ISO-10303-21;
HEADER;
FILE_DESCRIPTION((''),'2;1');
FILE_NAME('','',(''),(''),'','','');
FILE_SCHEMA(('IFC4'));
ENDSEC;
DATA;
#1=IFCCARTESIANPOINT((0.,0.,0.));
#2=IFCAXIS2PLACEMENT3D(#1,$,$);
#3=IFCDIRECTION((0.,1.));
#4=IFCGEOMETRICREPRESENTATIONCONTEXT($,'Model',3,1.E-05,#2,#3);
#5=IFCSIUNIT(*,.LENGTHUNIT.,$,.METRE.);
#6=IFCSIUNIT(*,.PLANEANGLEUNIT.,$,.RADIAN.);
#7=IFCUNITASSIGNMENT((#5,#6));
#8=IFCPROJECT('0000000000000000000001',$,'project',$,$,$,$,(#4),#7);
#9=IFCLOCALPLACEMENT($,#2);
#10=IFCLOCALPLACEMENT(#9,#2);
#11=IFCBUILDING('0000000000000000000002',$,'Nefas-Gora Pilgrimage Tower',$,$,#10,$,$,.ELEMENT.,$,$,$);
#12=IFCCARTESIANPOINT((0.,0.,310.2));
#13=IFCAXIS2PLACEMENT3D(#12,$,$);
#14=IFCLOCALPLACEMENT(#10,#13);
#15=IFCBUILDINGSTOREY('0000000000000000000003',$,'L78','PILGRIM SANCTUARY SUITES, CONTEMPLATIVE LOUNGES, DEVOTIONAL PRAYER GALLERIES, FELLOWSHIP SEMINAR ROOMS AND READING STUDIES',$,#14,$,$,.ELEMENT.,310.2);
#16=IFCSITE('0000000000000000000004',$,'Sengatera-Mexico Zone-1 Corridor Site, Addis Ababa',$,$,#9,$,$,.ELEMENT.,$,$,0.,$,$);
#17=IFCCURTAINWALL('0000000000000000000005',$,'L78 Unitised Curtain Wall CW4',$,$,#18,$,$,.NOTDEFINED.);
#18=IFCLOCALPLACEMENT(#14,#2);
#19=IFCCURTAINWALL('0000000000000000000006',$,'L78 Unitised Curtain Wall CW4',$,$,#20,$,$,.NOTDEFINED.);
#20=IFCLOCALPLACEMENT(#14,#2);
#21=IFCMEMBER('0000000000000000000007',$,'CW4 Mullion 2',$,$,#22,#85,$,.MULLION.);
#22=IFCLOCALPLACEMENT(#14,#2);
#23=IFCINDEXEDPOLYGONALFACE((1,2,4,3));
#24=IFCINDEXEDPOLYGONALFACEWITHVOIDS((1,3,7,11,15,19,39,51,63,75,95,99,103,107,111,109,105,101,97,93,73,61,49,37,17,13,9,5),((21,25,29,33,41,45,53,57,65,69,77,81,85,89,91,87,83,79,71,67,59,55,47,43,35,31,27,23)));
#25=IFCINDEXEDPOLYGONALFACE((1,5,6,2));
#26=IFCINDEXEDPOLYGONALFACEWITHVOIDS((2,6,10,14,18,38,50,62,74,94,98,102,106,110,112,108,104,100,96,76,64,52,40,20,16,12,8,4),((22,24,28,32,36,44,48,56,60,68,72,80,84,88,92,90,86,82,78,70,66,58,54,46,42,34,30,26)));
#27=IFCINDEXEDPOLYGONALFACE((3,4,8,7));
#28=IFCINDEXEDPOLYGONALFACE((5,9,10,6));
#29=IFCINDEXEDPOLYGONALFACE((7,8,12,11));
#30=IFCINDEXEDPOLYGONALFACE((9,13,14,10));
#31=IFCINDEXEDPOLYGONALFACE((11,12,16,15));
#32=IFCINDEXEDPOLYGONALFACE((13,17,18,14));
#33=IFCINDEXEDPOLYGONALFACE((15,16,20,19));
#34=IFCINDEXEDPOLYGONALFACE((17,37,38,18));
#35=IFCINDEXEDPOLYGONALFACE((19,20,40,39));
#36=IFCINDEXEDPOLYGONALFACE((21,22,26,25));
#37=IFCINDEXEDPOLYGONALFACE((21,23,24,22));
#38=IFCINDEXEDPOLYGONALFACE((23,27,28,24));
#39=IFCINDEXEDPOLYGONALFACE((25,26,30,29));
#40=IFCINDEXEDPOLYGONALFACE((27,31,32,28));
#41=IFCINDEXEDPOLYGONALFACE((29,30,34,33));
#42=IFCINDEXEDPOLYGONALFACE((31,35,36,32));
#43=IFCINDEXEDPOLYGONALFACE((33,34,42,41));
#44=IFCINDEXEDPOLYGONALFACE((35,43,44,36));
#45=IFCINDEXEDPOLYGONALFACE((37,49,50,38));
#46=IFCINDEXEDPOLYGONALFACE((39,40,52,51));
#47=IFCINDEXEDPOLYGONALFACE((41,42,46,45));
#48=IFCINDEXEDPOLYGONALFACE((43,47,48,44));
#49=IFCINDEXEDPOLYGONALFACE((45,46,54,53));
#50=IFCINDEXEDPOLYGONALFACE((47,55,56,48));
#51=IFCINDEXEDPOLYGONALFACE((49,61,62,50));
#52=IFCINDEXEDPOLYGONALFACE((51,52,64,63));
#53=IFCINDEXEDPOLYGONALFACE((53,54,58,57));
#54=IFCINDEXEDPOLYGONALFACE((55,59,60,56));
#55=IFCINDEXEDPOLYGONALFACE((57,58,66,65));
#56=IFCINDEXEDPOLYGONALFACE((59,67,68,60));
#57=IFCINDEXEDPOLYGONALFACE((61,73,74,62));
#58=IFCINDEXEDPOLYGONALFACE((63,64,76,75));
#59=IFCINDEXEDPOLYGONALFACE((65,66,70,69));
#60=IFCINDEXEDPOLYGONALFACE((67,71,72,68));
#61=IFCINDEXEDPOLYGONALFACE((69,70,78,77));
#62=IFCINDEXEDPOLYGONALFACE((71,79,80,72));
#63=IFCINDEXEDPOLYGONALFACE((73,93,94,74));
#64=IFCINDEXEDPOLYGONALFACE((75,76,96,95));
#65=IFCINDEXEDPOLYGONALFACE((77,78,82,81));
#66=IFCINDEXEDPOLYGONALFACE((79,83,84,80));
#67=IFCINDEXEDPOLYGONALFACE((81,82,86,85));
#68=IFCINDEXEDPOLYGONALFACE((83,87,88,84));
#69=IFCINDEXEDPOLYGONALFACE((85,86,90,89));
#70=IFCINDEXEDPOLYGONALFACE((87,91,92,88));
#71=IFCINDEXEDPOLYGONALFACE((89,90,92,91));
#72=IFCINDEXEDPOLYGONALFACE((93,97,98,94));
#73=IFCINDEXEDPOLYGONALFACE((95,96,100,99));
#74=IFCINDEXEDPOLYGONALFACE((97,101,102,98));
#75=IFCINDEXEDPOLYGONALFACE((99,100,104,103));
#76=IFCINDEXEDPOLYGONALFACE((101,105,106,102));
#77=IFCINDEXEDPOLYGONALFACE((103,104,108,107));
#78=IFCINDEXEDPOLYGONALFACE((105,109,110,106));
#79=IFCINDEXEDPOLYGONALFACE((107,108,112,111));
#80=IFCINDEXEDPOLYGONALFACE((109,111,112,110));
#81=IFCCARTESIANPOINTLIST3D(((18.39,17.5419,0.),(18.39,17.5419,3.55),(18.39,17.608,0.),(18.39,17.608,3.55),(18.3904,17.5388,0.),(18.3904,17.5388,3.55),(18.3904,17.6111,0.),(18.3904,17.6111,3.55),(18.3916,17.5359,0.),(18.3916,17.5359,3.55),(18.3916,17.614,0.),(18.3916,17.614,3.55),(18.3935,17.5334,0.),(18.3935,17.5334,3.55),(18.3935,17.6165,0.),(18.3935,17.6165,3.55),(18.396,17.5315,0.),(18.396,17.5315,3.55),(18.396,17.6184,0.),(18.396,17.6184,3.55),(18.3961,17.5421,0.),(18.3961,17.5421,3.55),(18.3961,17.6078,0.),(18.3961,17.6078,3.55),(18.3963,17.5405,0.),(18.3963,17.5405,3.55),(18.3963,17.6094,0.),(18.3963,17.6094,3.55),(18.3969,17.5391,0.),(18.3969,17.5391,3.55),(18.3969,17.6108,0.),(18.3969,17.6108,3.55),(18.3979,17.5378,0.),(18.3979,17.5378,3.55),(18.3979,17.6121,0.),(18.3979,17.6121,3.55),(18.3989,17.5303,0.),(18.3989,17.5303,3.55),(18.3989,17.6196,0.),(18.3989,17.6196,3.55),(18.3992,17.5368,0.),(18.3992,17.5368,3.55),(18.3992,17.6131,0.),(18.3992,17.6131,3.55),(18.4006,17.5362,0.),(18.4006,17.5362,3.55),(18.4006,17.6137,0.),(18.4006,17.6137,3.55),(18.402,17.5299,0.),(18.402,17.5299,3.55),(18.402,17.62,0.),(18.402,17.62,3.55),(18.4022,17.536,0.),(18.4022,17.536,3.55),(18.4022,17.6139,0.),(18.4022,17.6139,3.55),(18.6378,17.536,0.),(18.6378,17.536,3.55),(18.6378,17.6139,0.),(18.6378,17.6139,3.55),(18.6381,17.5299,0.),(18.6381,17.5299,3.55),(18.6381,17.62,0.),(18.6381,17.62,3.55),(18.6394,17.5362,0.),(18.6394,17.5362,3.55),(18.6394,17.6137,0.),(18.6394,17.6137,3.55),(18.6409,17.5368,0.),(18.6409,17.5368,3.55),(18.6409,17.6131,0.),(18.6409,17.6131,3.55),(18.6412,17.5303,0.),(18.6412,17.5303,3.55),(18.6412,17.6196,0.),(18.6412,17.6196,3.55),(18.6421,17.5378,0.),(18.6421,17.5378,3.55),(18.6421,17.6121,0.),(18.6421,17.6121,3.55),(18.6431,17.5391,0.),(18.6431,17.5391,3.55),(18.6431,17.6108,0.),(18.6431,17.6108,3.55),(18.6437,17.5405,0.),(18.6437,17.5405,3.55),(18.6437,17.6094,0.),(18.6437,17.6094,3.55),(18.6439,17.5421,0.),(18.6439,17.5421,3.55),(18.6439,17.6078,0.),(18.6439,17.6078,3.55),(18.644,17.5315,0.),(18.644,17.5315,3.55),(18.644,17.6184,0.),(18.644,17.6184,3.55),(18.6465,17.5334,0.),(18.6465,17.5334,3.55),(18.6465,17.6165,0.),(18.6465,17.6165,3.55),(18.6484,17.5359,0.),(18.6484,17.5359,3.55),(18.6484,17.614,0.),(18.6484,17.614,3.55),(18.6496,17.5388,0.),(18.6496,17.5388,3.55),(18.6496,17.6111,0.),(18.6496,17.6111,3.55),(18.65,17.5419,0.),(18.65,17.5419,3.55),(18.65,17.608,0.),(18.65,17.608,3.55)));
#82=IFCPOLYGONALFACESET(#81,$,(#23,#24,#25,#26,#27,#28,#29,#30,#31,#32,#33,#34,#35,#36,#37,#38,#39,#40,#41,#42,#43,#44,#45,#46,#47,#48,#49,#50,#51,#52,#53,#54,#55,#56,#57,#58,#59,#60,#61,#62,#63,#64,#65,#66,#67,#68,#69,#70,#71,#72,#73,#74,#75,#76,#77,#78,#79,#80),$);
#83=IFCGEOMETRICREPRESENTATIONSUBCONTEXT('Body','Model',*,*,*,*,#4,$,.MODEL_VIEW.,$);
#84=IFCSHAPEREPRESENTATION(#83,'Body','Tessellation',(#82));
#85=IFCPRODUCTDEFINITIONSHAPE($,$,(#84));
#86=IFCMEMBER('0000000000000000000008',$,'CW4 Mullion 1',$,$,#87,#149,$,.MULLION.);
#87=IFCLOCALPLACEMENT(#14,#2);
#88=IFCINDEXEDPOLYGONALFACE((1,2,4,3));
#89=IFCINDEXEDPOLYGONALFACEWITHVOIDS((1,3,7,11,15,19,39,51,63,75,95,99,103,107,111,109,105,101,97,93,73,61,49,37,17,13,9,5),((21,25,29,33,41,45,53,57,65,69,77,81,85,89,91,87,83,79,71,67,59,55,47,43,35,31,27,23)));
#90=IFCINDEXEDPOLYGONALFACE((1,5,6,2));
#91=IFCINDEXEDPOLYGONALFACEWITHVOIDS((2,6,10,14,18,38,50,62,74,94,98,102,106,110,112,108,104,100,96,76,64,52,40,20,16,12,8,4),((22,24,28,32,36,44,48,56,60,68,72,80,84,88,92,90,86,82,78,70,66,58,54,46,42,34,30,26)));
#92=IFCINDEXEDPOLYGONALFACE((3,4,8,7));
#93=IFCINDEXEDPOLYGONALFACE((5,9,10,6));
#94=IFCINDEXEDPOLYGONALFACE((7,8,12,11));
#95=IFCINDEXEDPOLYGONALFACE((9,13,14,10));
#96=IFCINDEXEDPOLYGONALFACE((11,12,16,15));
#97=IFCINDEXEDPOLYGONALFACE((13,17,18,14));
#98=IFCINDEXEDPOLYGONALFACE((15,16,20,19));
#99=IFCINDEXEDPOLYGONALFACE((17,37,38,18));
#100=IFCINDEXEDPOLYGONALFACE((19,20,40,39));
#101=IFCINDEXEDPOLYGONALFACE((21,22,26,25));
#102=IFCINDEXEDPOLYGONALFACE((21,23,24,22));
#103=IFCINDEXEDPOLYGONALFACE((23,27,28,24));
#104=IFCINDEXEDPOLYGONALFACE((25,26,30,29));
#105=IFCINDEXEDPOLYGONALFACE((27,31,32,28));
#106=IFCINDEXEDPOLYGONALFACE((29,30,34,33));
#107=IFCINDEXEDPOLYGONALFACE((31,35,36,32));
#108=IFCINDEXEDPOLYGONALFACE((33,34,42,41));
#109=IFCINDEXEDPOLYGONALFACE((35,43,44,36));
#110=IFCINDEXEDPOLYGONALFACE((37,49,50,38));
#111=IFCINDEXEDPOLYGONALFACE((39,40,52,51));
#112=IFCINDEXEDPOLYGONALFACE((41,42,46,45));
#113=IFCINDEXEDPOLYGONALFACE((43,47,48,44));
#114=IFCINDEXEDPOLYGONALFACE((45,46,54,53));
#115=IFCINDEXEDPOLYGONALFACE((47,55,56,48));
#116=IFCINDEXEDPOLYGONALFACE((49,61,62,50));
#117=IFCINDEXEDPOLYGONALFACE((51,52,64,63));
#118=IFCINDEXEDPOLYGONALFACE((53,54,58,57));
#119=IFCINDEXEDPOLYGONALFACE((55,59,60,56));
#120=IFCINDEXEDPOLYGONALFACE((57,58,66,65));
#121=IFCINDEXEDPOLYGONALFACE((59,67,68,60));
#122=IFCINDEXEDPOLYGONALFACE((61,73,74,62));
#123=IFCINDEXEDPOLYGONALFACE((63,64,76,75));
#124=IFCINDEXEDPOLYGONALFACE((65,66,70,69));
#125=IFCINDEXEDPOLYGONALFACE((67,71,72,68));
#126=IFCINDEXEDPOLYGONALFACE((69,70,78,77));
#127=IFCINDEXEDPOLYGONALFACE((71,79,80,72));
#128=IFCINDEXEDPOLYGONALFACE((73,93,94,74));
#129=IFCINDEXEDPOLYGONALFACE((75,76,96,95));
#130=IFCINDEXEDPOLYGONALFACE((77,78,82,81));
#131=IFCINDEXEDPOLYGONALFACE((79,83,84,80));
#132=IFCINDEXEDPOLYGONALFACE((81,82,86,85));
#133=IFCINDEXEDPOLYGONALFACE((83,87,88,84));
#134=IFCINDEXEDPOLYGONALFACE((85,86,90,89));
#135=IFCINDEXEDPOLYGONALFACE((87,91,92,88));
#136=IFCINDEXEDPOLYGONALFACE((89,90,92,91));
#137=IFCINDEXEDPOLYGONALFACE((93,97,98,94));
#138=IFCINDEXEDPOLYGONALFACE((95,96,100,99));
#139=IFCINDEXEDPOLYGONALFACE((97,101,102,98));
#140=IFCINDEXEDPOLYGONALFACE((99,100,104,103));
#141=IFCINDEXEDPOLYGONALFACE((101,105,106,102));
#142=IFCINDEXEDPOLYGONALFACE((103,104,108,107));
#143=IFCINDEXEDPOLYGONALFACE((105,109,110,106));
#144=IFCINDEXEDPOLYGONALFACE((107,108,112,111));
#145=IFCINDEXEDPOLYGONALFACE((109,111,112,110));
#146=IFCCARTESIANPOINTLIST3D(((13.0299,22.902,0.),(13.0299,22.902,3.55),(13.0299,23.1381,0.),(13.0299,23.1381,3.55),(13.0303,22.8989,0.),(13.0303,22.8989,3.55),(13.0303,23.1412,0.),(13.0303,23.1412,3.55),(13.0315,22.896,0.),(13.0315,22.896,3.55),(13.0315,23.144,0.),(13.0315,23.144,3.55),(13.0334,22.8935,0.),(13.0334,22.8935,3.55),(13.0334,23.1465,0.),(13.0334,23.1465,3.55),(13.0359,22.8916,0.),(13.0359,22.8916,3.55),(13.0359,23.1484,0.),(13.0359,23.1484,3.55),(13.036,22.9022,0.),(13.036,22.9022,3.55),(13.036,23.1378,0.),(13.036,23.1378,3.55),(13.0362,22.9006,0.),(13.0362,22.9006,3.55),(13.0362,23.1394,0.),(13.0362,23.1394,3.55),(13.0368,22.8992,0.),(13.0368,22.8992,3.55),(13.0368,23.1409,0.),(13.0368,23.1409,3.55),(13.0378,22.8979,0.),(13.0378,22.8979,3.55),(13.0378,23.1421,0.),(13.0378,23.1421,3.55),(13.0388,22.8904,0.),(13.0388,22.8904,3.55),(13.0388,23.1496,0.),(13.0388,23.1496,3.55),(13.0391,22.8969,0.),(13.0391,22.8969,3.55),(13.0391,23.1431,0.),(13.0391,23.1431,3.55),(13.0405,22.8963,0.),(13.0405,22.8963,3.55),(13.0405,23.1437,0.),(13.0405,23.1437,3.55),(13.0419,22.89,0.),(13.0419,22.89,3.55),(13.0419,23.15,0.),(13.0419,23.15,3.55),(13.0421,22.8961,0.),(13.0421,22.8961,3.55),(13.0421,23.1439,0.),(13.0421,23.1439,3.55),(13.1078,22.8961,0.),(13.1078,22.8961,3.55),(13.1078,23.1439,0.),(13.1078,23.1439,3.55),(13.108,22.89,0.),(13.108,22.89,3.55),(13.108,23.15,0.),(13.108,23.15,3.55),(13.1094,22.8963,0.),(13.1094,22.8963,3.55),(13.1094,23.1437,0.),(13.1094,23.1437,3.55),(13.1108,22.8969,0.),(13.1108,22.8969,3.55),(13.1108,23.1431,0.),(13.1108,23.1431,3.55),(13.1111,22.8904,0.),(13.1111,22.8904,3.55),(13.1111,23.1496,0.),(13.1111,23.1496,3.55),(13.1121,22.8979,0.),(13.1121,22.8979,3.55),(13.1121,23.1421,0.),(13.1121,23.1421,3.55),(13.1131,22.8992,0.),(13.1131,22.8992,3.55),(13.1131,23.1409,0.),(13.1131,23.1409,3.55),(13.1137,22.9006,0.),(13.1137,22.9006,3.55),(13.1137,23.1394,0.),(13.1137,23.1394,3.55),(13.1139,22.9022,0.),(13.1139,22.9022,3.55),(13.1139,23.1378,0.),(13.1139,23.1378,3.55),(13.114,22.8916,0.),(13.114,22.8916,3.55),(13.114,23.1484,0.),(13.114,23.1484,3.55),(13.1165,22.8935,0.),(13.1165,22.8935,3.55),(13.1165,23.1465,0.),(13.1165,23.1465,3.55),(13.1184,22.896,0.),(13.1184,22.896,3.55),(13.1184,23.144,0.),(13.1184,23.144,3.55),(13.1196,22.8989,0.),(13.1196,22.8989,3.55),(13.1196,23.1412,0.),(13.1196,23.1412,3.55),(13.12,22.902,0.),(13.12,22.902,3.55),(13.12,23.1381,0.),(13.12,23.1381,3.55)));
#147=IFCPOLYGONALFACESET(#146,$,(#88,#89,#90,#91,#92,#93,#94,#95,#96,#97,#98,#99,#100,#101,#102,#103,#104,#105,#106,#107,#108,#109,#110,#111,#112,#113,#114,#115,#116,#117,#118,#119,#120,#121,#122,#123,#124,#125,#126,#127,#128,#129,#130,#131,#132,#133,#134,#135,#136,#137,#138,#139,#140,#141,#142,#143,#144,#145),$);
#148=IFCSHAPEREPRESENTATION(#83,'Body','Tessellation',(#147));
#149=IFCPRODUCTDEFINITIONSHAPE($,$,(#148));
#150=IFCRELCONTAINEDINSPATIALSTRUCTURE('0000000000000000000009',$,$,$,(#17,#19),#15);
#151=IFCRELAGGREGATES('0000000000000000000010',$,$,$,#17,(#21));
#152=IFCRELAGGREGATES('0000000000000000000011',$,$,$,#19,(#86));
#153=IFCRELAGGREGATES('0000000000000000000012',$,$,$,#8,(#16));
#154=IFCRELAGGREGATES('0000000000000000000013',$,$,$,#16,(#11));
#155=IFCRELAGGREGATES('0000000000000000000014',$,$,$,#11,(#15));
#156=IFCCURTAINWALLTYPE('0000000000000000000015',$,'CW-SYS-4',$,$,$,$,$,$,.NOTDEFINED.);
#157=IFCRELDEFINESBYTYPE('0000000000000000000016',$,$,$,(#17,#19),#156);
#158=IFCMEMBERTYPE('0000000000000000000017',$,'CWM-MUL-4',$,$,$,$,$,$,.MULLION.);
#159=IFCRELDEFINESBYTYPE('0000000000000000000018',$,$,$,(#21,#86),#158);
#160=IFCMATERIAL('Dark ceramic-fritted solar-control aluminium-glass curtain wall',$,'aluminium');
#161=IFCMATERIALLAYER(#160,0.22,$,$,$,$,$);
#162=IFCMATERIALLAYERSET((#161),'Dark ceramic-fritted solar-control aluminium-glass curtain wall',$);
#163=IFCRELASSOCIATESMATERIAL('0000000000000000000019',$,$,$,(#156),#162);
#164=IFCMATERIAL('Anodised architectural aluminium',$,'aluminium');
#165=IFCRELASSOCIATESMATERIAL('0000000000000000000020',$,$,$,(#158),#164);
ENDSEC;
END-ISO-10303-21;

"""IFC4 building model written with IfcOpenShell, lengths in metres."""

from ifc_helpers import new_model, si_unit, direction, frame, origin, origin_2d, place, context, subcontext, project, spatial, hollow_rectangle, extrude, source, transform, mapped, material, layer, layer_set, material_profile, profile_set, type_object, element, aggregate, save


model = new_model("IFC4")

# Units and contexts
model_context = context("Model", 3, precision=1e-05, world=origin(), true_north=direction((0.0, 1.0)))
body_context = subcontext(model_context, "Body", "Model", "MODEL_VIEW")
ifc_project = project(units=[si_unit("LENGTHUNIT", "METRE"), si_unit("PLANEANGLEUNIT", "RADIAN")], contexts=[model_context])

# Site, building, storey
site_placement = place(None, origin())
site = spatial("IfcSite", under=ifc_project, at=site_placement, Name="Sengatera-Mexico Zone-1 Corridor Site, Addis Ababa", CompositionType="ELEMENT", RefElevation=0.0)
building_placement = place(site_placement, origin())
building = spatial("IfcBuilding", under=site, at=building_placement, Name="Nefas-Gora Pilgrimage Tower", CompositionType="ELEMENT")
storey_placement = place(building_placement, frame((0.0, 0.0, 310.2)))
storey = spatial("IfcBuildingStorey", under=building, at=storey_placement, Name="L78", Description="PILGRIM SANCTUARY SUITES, CONTEMPLATIVE LOUNGES, DEVOTIONAL PRAYER GALLERIES, FELLOWSHIP SEMINAR ROOMS AND READING STUDIES", CompositionType="ELEMENT", Elevation=310.2)

# Shared definitions
ifc_material_1 = material(Name="Dark ceramic-fritted solar-control aluminium-glass curtain wall", Category="aluminium")
ifc_material_2 = material(Name="Anodised architectural aluminium", Category="aluminium")

# Curtain walls
ifc_layer_1 = layer(ifc_material_1, 0.22)
ifc_layer_set_1 = layer_set([ifc_layer_1], Name="Dark ceramic-fritted solar-control aluminium-glass curtain wall")
curtain_wall_type_1 = type_object("IfcCurtainWallType", Name="CW-SYS-4", PredefinedType="NOTDEFINED", material=ifc_layer_set_1)
curtain_wall_1_placement = place(storey_placement, origin())
curtain_wall_1 = element("IfcCurtainWall", 1, at=curtain_wall_1_placement, inside=storey, type_object=curtain_wall_type_1, Name="L78 Unitised Curtain Wall CW4", PredefinedType="NOTDEFINED")
curtain_wall_2_placement = place(storey_placement, origin())
curtain_wall_2 = element("IfcCurtainWall", 2, at=curtain_wall_2_placement, inside=storey, type_object=curtain_wall_type_1, Name="L78 Unitised Curtain Wall CW4", PredefinedType="NOTDEFINED")

# Members
ifc_material_profile_1 = material_profile(ifc_material_2, hollow_rectangle(XDim=0.0901, YDim=0.26, WallThickness=0.0061, InnerFilletRadius=0.0061, OuterFilletRadius=0.012, at=origin_2d()), Name="ALU MULLION 90x260")
ifc_profile_set_1 = profile_set([ifc_material_profile_1], Name="Anodised architectural aluminium")
member_type_1 = type_object("IfcMemberType", Name="CWM-MUL-4", PredefinedType="MULLION", material=ifc_profile_set_1)
shared_shape_1 = source(origin(), body_context, "Body", "SweptSolid", [
    extrude(hollow_rectangle(XDim=0.0901, YDim=0.26, WallThickness=0.0061, InnerFilletRadius=0.0061, OuterFilletRadius=0.012, at=origin_2d()), origin(), (0.0, 0.0, 1.0), 3.55),
])
member_1_placement = place(storey_placement, frame((18.52, 17.575, 0.0), z_axis=(0.0, 0.0, 1.0), x_axis=(0.0, 1.0, 0.0)))
member_1 = element("IfcMember", 3, at=member_1_placement, type_object=member_type_1, Name="CW4 Mullion 2", PredefinedType="MULLION", context=body_context, shape_type="MappedRepresentation", body=[
    mapped(shared_shape_1, transform((0.0, 0.0, 0.0), x_axis=(1.0, 0.0, 0.0), y_axis=(0.0, 1.0, 0.0), z_axis=(0.0, 0.0, 1.0), scale=1.0)),
])
member_2_placement = place(storey_placement, frame((13.075, 23.02, 0.0), z_axis=(0.0, 0.0, 1.0), x_axis=(-1.0, 0.0, 0.0)))
member_2 = element("IfcMember", 4, at=member_2_placement, type_object=member_type_1, Name="CW4 Mullion 1", PredefinedType="MULLION", context=body_context, shape_type="MappedRepresentation", body=[
    mapped(shared_shape_1, transform((0.0, 0.0, 0.0), x_axis=(1.0, 0.0, 0.0), y_axis=(0.0, 1.0, 0.0), z_axis=(0.0, 0.0, 1.0), scale=1.0)),
])

aggregate(curtain_wall_1, [member_1])
aggregate(curtain_wall_2, [member_2])

save(model, "model.ifc")
